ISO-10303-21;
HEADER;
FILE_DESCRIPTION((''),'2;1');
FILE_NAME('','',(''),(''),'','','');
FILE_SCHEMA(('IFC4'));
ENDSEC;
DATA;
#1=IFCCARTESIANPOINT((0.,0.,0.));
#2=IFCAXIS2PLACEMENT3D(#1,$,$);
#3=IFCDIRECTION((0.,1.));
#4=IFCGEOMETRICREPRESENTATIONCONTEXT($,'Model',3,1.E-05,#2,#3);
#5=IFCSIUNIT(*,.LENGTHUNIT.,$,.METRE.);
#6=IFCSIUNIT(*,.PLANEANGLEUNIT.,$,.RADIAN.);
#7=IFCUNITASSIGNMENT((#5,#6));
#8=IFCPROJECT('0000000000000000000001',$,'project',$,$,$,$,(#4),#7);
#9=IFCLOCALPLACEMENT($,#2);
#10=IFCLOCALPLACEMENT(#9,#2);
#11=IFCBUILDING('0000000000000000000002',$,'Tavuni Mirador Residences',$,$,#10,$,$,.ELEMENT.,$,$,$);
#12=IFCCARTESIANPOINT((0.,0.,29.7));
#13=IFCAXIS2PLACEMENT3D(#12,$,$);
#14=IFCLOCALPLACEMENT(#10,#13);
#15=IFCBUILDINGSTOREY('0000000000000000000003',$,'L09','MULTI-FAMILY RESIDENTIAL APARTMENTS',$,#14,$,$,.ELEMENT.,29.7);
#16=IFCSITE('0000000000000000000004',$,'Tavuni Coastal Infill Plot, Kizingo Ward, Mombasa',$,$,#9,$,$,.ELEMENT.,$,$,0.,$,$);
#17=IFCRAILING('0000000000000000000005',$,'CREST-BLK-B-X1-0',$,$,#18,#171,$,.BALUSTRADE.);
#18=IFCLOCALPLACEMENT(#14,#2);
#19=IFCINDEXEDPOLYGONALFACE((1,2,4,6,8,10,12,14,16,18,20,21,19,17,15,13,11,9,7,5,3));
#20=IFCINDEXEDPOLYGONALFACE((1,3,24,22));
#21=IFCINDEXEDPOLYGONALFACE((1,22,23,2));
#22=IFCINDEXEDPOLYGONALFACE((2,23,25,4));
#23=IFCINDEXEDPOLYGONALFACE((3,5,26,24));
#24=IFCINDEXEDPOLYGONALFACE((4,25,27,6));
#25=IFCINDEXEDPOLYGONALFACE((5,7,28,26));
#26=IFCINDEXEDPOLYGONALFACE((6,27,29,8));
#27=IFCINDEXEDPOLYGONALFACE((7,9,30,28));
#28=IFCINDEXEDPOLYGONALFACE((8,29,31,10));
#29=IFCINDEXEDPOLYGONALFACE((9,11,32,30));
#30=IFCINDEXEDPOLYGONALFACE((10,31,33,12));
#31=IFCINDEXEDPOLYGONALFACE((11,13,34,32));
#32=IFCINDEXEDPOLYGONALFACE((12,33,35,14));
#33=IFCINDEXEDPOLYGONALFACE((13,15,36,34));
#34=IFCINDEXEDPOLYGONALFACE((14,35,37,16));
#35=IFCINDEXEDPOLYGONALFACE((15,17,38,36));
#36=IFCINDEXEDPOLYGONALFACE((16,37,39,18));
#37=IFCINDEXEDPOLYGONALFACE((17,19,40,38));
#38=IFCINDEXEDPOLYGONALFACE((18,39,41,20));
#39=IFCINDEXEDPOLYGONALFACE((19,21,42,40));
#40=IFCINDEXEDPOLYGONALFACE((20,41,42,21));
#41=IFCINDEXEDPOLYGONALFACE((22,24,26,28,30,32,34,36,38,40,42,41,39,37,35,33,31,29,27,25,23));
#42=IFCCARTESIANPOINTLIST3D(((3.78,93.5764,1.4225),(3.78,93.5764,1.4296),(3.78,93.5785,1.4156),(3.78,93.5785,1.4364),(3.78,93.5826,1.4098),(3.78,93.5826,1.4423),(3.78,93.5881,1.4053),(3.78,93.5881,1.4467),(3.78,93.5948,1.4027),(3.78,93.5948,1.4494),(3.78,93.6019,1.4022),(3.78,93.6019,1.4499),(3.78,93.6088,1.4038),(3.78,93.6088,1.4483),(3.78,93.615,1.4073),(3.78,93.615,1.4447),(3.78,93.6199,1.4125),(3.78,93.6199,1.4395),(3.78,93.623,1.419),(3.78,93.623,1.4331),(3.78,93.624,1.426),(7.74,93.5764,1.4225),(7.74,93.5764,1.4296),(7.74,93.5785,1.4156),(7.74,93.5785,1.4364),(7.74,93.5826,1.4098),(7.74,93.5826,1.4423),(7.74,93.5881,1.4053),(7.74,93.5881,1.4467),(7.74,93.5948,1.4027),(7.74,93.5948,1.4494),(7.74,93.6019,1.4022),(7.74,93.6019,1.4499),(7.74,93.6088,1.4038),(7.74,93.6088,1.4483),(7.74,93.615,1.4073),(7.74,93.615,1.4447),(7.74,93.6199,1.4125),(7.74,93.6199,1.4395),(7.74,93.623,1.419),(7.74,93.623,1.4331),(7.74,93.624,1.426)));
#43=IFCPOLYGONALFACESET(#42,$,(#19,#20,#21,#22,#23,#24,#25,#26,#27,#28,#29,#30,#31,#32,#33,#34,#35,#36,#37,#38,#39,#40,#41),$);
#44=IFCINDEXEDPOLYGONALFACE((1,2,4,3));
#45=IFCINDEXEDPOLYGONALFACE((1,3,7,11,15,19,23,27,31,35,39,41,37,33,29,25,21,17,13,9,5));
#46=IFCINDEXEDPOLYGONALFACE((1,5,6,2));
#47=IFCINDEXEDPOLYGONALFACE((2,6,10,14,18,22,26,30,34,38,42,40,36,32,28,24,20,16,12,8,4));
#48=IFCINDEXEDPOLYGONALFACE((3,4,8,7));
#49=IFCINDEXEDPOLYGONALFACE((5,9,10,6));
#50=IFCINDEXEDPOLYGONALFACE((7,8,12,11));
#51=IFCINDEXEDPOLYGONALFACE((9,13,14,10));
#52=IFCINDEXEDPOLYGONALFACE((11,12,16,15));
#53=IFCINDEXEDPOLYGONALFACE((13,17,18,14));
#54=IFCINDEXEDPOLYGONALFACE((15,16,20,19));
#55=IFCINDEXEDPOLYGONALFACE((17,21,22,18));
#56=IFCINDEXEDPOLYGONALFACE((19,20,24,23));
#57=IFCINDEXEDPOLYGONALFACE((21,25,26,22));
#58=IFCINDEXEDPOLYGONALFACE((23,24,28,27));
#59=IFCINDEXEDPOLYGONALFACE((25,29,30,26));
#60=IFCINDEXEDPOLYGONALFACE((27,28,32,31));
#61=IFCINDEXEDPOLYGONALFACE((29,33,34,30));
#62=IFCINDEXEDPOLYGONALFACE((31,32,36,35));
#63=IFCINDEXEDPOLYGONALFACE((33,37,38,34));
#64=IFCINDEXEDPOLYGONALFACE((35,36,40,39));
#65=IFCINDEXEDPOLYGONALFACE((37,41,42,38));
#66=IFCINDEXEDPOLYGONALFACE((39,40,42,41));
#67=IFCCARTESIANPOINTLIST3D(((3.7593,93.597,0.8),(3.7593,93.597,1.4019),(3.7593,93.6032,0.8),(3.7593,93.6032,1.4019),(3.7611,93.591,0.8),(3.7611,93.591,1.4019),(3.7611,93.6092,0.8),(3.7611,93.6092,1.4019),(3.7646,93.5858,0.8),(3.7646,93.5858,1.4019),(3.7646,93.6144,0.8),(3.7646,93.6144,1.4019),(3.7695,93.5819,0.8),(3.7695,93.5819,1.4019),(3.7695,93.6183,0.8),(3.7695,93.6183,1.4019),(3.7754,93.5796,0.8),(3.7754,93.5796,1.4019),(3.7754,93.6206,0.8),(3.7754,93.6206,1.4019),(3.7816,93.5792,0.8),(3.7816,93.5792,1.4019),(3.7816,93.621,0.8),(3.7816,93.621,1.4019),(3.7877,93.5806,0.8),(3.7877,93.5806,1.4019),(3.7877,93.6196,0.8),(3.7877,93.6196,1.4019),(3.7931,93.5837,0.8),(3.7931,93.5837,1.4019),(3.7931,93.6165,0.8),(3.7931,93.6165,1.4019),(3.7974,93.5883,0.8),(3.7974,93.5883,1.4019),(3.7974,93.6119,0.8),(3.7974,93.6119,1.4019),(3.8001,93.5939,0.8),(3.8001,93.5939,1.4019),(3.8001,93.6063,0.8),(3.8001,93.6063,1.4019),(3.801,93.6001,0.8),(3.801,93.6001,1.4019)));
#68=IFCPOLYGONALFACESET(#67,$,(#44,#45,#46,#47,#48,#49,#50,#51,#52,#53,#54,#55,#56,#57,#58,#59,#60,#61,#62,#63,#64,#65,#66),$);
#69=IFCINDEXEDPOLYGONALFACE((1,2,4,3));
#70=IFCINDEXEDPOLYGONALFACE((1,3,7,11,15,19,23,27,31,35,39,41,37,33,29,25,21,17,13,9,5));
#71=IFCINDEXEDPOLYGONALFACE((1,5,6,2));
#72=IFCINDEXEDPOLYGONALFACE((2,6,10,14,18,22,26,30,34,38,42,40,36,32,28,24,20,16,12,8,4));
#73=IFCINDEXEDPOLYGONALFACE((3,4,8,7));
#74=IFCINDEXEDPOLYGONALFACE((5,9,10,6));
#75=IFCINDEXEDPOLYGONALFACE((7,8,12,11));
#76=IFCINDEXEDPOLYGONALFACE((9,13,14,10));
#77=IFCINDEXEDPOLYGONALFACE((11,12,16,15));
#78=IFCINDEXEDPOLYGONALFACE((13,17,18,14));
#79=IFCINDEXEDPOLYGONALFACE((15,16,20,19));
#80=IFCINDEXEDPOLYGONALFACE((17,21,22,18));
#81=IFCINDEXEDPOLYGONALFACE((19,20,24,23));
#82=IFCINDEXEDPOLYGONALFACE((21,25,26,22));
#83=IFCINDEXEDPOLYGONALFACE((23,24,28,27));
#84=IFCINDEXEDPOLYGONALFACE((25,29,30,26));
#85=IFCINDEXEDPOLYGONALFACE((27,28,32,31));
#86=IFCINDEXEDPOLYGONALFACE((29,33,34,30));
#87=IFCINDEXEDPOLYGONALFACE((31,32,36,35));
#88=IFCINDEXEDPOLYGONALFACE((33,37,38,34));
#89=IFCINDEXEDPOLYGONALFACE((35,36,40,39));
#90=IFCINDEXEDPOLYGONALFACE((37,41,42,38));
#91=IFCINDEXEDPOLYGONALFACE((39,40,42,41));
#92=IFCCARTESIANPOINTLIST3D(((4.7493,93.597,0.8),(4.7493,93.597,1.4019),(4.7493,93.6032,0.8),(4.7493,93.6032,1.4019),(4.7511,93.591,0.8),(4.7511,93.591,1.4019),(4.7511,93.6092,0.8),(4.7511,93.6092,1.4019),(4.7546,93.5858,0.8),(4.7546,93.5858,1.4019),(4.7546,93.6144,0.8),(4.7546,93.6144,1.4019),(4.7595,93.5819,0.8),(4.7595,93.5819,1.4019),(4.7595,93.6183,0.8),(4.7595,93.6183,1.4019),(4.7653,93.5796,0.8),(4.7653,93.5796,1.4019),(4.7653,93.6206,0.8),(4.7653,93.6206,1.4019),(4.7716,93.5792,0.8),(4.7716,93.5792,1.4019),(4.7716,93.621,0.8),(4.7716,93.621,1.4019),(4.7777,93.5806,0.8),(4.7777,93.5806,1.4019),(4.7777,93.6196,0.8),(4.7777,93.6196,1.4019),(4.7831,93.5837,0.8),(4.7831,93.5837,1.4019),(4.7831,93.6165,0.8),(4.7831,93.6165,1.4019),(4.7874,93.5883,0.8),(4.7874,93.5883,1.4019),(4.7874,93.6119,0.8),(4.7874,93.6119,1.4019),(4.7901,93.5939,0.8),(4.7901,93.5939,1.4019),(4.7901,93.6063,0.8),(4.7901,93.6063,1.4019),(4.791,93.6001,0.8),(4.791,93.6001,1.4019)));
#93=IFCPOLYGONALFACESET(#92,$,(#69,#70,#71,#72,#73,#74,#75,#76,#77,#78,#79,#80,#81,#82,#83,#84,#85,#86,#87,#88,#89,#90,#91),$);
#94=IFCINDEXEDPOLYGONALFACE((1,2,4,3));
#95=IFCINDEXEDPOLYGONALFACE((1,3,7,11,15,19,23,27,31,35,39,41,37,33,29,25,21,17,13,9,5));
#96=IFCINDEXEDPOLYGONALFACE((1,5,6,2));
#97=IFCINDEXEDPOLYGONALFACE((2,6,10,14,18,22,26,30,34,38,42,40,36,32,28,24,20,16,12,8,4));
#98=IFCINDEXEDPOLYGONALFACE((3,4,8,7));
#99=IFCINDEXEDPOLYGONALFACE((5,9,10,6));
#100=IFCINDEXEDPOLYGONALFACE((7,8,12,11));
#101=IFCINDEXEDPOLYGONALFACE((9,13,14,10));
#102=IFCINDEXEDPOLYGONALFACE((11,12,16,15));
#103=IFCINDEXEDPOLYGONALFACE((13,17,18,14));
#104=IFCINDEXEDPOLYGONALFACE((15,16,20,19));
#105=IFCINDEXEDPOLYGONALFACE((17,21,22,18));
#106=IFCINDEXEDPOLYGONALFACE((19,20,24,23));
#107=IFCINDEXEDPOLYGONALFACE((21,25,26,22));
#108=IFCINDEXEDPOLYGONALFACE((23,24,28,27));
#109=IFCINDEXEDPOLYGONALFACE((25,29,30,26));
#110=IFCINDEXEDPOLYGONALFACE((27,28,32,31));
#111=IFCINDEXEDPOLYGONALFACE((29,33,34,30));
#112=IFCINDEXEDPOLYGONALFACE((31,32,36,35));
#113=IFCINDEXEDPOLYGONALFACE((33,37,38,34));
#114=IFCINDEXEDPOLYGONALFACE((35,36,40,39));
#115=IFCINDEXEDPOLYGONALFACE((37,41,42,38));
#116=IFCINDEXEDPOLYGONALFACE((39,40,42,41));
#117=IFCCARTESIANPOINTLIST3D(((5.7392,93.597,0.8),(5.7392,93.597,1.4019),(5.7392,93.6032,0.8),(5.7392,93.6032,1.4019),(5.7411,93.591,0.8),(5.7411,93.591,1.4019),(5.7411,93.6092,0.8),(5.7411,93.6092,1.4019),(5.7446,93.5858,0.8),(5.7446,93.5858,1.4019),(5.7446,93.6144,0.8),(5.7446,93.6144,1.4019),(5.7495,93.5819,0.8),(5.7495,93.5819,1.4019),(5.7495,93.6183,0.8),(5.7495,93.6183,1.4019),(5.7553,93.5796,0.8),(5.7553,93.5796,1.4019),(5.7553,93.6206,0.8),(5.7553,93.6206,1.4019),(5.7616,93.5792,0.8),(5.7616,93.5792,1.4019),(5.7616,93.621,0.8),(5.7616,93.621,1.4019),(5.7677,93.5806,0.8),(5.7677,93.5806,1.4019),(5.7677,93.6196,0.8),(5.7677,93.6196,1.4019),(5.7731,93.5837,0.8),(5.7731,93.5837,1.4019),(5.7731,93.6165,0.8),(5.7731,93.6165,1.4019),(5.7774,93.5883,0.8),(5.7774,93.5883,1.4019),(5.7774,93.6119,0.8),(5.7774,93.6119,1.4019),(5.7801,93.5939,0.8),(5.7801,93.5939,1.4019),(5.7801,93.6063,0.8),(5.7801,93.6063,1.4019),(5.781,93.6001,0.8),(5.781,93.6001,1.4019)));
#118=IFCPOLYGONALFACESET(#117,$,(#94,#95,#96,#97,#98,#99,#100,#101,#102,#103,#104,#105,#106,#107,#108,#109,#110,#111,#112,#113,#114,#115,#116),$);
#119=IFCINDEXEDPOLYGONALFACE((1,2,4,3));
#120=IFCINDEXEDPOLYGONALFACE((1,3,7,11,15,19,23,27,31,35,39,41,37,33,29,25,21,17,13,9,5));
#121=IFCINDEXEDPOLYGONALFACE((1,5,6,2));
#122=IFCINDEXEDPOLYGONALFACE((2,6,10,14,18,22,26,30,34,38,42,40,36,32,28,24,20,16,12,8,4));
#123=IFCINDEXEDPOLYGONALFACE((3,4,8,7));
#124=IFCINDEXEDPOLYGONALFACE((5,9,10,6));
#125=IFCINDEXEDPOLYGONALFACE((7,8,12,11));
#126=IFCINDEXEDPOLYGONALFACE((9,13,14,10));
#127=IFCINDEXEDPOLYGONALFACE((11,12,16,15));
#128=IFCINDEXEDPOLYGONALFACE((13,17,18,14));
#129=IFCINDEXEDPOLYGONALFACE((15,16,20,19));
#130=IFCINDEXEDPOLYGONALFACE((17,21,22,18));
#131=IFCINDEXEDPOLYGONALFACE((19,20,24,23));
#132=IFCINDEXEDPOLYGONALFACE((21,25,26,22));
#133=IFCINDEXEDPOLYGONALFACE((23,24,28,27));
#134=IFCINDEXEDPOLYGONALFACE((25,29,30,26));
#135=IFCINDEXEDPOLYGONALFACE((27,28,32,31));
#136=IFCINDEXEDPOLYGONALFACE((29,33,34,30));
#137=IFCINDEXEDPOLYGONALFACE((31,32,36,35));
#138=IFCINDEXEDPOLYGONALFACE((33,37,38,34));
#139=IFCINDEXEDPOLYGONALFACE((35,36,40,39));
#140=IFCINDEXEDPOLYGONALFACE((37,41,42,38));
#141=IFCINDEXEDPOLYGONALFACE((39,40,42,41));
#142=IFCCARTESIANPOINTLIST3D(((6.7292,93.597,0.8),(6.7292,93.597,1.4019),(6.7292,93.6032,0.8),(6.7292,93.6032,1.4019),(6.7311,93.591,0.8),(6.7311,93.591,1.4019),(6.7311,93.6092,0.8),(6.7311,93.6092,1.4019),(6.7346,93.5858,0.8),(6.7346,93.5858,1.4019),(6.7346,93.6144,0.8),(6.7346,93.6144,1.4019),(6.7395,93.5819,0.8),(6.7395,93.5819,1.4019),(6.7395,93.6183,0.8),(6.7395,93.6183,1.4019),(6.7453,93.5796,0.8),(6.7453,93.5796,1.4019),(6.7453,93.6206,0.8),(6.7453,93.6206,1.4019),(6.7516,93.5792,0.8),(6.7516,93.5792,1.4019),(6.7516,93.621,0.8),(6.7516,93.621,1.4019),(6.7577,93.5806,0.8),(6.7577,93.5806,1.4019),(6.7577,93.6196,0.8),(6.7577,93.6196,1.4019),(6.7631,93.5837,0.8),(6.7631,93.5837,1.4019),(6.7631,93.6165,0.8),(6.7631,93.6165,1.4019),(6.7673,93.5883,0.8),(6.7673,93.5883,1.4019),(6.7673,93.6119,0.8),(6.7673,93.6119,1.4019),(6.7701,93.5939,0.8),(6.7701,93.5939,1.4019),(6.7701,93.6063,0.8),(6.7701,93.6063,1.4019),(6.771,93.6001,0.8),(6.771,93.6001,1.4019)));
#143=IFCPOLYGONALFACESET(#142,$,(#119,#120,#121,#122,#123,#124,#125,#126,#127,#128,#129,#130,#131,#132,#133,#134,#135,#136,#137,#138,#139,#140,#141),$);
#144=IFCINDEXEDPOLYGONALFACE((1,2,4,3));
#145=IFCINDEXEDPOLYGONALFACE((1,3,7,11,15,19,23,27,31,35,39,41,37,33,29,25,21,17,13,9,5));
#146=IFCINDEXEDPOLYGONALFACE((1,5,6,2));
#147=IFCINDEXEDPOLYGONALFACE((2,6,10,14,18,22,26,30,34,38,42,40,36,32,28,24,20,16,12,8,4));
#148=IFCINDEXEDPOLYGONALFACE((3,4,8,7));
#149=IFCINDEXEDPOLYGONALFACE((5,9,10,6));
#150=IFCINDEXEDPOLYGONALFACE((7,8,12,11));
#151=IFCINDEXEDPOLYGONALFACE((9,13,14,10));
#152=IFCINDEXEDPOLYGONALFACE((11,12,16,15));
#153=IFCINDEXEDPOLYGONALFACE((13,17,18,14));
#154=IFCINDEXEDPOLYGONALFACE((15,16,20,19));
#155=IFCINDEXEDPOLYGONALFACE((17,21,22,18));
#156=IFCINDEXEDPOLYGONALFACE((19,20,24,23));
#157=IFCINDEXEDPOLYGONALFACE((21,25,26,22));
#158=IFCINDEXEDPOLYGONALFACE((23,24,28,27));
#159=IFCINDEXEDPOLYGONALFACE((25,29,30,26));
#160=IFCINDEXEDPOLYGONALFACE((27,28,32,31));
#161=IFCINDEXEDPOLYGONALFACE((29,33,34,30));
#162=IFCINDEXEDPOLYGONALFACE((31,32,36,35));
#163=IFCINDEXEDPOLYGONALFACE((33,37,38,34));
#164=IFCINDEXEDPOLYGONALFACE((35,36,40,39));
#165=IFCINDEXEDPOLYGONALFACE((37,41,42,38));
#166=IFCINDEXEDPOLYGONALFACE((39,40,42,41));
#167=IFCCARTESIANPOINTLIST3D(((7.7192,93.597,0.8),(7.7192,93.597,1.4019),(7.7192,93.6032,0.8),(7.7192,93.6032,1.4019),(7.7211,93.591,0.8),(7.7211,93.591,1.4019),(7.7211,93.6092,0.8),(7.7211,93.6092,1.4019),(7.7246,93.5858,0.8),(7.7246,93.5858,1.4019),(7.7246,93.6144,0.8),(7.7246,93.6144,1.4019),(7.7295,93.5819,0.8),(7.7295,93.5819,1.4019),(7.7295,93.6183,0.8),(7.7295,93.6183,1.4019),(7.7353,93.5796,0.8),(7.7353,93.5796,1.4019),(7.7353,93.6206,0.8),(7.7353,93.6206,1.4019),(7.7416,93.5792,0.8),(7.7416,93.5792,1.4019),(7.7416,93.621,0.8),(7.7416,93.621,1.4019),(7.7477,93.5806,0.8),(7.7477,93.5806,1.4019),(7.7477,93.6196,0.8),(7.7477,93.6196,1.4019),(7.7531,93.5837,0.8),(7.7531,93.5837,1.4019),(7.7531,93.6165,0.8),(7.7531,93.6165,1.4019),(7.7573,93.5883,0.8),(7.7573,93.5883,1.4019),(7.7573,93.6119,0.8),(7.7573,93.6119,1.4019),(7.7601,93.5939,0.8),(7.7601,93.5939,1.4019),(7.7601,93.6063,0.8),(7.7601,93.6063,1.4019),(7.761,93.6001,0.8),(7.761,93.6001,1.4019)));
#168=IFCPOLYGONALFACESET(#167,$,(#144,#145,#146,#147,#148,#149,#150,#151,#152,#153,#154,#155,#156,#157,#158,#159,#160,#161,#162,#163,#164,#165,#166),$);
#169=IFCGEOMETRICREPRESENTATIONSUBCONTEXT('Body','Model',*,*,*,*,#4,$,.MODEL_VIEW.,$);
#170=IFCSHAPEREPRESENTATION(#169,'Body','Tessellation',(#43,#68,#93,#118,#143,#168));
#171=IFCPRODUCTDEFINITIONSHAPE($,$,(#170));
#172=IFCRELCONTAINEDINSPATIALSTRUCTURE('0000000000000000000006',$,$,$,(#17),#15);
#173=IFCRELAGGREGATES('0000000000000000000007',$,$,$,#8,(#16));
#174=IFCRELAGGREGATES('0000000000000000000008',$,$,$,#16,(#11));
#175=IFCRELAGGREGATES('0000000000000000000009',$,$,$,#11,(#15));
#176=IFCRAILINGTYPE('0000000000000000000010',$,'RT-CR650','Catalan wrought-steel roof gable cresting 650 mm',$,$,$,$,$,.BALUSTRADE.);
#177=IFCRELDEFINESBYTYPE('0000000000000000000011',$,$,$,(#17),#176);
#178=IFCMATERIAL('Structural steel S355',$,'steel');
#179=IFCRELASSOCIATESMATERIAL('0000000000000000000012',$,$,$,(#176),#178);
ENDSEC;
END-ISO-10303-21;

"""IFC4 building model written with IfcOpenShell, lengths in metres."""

from ifc_helpers import new_model, si_unit, direction, frame, origin, origin_2d, place, context, subcontext, project, spatial, circle, extrude, material, type_object, element, save


model = new_model("IFC4")

# Units and contexts
model_context = context("Model", 3, precision=1e-05, world=origin(), true_north=direction((0.0, 1.0)))
body_context = subcontext(model_context, "Body", "Model", "MODEL_VIEW")
ifc_project = project(units=[si_unit("LENGTHUNIT", "METRE"), si_unit("PLANEANGLEUNIT", "RADIAN")], contexts=[model_context])

# Site, building, storey
site_placement = place(None, origin())
site = spatial("IfcSite", under=ifc_project, at=site_placement, Name="Tavuni Coastal Infill Plot, Kizingo Ward, Mombasa", CompositionType="ELEMENT", RefElevation=0.0)
building_placement = place(site_placement, origin())
building = spatial("IfcBuilding", under=site, at=building_placement, Name="Tavuni Mirador Residences", CompositionType="ELEMENT")
storey_placement = place(building_placement, frame((0.0, 0.0, 29.7)))
storey = spatial("IfcBuildingStorey", under=building, at=storey_placement, Name="L09", Description="MULTI-FAMILY RESIDENTIAL APARTMENTS", CompositionType="ELEMENT", Elevation=29.7)

# Shared definitions
ifc_material_1 = material(Name="Structural steel S355", Category="steel")

# Railing
railing_type = type_object("IfcRailingType", Name="RT-CR650", Description="Catalan wrought-steel roof gable cresting 650 mm", PredefinedType="BALUSTRADE", material=ifc_material_1)
for number, where, name in (
    (1, (3.78, 93.6001, 0.8), "CREST-BLK-B-X1-0"),
):
    element("IfcRailing", number, at=place(storey_placement, frame(where)), inside=storey, type_object=railing_type, Name=name, PredefinedType="BALUSTRADE", context=body_context, shape_type="SweptSolid", body=[
        extrude(circle(Radius=0.0239, at=origin_2d()), frame((0.0, 0.0, 0.626), z_axis=(1.0, 0.0, 0.0), x_axis=(0.0, 1.0, 0.0)), (0.0, 0.0, 1.0), 3.96),
        extrude(circle(Radius=0.021, at=origin_2d()), origin(), (0.0, 0.0, 1.0), 0.6018),
        extrude(circle(Radius=0.021, at=origin_2d()), frame((0.99, 0.0, 0.0)), (0.0, 0.0, 1.0), 0.6018),
        extrude(circle(Radius=0.021, at=origin_2d()), frame((1.98, 0.0, 0.0)), (0.0, 0.0, 1.0), 0.6018),
        extrude(circle(Radius=0.021, at=origin_2d()), frame((2.97, 0.0, 0.0)), (0.0, 0.0, 1.0), 0.6018),
        extrude(circle(Radius=0.021, at=origin_2d()), frame((3.96, 0.0, 0.0)), (0.0, 0.0, 1.0), 0.6018),
    ])

save(model, "model.ifc")
